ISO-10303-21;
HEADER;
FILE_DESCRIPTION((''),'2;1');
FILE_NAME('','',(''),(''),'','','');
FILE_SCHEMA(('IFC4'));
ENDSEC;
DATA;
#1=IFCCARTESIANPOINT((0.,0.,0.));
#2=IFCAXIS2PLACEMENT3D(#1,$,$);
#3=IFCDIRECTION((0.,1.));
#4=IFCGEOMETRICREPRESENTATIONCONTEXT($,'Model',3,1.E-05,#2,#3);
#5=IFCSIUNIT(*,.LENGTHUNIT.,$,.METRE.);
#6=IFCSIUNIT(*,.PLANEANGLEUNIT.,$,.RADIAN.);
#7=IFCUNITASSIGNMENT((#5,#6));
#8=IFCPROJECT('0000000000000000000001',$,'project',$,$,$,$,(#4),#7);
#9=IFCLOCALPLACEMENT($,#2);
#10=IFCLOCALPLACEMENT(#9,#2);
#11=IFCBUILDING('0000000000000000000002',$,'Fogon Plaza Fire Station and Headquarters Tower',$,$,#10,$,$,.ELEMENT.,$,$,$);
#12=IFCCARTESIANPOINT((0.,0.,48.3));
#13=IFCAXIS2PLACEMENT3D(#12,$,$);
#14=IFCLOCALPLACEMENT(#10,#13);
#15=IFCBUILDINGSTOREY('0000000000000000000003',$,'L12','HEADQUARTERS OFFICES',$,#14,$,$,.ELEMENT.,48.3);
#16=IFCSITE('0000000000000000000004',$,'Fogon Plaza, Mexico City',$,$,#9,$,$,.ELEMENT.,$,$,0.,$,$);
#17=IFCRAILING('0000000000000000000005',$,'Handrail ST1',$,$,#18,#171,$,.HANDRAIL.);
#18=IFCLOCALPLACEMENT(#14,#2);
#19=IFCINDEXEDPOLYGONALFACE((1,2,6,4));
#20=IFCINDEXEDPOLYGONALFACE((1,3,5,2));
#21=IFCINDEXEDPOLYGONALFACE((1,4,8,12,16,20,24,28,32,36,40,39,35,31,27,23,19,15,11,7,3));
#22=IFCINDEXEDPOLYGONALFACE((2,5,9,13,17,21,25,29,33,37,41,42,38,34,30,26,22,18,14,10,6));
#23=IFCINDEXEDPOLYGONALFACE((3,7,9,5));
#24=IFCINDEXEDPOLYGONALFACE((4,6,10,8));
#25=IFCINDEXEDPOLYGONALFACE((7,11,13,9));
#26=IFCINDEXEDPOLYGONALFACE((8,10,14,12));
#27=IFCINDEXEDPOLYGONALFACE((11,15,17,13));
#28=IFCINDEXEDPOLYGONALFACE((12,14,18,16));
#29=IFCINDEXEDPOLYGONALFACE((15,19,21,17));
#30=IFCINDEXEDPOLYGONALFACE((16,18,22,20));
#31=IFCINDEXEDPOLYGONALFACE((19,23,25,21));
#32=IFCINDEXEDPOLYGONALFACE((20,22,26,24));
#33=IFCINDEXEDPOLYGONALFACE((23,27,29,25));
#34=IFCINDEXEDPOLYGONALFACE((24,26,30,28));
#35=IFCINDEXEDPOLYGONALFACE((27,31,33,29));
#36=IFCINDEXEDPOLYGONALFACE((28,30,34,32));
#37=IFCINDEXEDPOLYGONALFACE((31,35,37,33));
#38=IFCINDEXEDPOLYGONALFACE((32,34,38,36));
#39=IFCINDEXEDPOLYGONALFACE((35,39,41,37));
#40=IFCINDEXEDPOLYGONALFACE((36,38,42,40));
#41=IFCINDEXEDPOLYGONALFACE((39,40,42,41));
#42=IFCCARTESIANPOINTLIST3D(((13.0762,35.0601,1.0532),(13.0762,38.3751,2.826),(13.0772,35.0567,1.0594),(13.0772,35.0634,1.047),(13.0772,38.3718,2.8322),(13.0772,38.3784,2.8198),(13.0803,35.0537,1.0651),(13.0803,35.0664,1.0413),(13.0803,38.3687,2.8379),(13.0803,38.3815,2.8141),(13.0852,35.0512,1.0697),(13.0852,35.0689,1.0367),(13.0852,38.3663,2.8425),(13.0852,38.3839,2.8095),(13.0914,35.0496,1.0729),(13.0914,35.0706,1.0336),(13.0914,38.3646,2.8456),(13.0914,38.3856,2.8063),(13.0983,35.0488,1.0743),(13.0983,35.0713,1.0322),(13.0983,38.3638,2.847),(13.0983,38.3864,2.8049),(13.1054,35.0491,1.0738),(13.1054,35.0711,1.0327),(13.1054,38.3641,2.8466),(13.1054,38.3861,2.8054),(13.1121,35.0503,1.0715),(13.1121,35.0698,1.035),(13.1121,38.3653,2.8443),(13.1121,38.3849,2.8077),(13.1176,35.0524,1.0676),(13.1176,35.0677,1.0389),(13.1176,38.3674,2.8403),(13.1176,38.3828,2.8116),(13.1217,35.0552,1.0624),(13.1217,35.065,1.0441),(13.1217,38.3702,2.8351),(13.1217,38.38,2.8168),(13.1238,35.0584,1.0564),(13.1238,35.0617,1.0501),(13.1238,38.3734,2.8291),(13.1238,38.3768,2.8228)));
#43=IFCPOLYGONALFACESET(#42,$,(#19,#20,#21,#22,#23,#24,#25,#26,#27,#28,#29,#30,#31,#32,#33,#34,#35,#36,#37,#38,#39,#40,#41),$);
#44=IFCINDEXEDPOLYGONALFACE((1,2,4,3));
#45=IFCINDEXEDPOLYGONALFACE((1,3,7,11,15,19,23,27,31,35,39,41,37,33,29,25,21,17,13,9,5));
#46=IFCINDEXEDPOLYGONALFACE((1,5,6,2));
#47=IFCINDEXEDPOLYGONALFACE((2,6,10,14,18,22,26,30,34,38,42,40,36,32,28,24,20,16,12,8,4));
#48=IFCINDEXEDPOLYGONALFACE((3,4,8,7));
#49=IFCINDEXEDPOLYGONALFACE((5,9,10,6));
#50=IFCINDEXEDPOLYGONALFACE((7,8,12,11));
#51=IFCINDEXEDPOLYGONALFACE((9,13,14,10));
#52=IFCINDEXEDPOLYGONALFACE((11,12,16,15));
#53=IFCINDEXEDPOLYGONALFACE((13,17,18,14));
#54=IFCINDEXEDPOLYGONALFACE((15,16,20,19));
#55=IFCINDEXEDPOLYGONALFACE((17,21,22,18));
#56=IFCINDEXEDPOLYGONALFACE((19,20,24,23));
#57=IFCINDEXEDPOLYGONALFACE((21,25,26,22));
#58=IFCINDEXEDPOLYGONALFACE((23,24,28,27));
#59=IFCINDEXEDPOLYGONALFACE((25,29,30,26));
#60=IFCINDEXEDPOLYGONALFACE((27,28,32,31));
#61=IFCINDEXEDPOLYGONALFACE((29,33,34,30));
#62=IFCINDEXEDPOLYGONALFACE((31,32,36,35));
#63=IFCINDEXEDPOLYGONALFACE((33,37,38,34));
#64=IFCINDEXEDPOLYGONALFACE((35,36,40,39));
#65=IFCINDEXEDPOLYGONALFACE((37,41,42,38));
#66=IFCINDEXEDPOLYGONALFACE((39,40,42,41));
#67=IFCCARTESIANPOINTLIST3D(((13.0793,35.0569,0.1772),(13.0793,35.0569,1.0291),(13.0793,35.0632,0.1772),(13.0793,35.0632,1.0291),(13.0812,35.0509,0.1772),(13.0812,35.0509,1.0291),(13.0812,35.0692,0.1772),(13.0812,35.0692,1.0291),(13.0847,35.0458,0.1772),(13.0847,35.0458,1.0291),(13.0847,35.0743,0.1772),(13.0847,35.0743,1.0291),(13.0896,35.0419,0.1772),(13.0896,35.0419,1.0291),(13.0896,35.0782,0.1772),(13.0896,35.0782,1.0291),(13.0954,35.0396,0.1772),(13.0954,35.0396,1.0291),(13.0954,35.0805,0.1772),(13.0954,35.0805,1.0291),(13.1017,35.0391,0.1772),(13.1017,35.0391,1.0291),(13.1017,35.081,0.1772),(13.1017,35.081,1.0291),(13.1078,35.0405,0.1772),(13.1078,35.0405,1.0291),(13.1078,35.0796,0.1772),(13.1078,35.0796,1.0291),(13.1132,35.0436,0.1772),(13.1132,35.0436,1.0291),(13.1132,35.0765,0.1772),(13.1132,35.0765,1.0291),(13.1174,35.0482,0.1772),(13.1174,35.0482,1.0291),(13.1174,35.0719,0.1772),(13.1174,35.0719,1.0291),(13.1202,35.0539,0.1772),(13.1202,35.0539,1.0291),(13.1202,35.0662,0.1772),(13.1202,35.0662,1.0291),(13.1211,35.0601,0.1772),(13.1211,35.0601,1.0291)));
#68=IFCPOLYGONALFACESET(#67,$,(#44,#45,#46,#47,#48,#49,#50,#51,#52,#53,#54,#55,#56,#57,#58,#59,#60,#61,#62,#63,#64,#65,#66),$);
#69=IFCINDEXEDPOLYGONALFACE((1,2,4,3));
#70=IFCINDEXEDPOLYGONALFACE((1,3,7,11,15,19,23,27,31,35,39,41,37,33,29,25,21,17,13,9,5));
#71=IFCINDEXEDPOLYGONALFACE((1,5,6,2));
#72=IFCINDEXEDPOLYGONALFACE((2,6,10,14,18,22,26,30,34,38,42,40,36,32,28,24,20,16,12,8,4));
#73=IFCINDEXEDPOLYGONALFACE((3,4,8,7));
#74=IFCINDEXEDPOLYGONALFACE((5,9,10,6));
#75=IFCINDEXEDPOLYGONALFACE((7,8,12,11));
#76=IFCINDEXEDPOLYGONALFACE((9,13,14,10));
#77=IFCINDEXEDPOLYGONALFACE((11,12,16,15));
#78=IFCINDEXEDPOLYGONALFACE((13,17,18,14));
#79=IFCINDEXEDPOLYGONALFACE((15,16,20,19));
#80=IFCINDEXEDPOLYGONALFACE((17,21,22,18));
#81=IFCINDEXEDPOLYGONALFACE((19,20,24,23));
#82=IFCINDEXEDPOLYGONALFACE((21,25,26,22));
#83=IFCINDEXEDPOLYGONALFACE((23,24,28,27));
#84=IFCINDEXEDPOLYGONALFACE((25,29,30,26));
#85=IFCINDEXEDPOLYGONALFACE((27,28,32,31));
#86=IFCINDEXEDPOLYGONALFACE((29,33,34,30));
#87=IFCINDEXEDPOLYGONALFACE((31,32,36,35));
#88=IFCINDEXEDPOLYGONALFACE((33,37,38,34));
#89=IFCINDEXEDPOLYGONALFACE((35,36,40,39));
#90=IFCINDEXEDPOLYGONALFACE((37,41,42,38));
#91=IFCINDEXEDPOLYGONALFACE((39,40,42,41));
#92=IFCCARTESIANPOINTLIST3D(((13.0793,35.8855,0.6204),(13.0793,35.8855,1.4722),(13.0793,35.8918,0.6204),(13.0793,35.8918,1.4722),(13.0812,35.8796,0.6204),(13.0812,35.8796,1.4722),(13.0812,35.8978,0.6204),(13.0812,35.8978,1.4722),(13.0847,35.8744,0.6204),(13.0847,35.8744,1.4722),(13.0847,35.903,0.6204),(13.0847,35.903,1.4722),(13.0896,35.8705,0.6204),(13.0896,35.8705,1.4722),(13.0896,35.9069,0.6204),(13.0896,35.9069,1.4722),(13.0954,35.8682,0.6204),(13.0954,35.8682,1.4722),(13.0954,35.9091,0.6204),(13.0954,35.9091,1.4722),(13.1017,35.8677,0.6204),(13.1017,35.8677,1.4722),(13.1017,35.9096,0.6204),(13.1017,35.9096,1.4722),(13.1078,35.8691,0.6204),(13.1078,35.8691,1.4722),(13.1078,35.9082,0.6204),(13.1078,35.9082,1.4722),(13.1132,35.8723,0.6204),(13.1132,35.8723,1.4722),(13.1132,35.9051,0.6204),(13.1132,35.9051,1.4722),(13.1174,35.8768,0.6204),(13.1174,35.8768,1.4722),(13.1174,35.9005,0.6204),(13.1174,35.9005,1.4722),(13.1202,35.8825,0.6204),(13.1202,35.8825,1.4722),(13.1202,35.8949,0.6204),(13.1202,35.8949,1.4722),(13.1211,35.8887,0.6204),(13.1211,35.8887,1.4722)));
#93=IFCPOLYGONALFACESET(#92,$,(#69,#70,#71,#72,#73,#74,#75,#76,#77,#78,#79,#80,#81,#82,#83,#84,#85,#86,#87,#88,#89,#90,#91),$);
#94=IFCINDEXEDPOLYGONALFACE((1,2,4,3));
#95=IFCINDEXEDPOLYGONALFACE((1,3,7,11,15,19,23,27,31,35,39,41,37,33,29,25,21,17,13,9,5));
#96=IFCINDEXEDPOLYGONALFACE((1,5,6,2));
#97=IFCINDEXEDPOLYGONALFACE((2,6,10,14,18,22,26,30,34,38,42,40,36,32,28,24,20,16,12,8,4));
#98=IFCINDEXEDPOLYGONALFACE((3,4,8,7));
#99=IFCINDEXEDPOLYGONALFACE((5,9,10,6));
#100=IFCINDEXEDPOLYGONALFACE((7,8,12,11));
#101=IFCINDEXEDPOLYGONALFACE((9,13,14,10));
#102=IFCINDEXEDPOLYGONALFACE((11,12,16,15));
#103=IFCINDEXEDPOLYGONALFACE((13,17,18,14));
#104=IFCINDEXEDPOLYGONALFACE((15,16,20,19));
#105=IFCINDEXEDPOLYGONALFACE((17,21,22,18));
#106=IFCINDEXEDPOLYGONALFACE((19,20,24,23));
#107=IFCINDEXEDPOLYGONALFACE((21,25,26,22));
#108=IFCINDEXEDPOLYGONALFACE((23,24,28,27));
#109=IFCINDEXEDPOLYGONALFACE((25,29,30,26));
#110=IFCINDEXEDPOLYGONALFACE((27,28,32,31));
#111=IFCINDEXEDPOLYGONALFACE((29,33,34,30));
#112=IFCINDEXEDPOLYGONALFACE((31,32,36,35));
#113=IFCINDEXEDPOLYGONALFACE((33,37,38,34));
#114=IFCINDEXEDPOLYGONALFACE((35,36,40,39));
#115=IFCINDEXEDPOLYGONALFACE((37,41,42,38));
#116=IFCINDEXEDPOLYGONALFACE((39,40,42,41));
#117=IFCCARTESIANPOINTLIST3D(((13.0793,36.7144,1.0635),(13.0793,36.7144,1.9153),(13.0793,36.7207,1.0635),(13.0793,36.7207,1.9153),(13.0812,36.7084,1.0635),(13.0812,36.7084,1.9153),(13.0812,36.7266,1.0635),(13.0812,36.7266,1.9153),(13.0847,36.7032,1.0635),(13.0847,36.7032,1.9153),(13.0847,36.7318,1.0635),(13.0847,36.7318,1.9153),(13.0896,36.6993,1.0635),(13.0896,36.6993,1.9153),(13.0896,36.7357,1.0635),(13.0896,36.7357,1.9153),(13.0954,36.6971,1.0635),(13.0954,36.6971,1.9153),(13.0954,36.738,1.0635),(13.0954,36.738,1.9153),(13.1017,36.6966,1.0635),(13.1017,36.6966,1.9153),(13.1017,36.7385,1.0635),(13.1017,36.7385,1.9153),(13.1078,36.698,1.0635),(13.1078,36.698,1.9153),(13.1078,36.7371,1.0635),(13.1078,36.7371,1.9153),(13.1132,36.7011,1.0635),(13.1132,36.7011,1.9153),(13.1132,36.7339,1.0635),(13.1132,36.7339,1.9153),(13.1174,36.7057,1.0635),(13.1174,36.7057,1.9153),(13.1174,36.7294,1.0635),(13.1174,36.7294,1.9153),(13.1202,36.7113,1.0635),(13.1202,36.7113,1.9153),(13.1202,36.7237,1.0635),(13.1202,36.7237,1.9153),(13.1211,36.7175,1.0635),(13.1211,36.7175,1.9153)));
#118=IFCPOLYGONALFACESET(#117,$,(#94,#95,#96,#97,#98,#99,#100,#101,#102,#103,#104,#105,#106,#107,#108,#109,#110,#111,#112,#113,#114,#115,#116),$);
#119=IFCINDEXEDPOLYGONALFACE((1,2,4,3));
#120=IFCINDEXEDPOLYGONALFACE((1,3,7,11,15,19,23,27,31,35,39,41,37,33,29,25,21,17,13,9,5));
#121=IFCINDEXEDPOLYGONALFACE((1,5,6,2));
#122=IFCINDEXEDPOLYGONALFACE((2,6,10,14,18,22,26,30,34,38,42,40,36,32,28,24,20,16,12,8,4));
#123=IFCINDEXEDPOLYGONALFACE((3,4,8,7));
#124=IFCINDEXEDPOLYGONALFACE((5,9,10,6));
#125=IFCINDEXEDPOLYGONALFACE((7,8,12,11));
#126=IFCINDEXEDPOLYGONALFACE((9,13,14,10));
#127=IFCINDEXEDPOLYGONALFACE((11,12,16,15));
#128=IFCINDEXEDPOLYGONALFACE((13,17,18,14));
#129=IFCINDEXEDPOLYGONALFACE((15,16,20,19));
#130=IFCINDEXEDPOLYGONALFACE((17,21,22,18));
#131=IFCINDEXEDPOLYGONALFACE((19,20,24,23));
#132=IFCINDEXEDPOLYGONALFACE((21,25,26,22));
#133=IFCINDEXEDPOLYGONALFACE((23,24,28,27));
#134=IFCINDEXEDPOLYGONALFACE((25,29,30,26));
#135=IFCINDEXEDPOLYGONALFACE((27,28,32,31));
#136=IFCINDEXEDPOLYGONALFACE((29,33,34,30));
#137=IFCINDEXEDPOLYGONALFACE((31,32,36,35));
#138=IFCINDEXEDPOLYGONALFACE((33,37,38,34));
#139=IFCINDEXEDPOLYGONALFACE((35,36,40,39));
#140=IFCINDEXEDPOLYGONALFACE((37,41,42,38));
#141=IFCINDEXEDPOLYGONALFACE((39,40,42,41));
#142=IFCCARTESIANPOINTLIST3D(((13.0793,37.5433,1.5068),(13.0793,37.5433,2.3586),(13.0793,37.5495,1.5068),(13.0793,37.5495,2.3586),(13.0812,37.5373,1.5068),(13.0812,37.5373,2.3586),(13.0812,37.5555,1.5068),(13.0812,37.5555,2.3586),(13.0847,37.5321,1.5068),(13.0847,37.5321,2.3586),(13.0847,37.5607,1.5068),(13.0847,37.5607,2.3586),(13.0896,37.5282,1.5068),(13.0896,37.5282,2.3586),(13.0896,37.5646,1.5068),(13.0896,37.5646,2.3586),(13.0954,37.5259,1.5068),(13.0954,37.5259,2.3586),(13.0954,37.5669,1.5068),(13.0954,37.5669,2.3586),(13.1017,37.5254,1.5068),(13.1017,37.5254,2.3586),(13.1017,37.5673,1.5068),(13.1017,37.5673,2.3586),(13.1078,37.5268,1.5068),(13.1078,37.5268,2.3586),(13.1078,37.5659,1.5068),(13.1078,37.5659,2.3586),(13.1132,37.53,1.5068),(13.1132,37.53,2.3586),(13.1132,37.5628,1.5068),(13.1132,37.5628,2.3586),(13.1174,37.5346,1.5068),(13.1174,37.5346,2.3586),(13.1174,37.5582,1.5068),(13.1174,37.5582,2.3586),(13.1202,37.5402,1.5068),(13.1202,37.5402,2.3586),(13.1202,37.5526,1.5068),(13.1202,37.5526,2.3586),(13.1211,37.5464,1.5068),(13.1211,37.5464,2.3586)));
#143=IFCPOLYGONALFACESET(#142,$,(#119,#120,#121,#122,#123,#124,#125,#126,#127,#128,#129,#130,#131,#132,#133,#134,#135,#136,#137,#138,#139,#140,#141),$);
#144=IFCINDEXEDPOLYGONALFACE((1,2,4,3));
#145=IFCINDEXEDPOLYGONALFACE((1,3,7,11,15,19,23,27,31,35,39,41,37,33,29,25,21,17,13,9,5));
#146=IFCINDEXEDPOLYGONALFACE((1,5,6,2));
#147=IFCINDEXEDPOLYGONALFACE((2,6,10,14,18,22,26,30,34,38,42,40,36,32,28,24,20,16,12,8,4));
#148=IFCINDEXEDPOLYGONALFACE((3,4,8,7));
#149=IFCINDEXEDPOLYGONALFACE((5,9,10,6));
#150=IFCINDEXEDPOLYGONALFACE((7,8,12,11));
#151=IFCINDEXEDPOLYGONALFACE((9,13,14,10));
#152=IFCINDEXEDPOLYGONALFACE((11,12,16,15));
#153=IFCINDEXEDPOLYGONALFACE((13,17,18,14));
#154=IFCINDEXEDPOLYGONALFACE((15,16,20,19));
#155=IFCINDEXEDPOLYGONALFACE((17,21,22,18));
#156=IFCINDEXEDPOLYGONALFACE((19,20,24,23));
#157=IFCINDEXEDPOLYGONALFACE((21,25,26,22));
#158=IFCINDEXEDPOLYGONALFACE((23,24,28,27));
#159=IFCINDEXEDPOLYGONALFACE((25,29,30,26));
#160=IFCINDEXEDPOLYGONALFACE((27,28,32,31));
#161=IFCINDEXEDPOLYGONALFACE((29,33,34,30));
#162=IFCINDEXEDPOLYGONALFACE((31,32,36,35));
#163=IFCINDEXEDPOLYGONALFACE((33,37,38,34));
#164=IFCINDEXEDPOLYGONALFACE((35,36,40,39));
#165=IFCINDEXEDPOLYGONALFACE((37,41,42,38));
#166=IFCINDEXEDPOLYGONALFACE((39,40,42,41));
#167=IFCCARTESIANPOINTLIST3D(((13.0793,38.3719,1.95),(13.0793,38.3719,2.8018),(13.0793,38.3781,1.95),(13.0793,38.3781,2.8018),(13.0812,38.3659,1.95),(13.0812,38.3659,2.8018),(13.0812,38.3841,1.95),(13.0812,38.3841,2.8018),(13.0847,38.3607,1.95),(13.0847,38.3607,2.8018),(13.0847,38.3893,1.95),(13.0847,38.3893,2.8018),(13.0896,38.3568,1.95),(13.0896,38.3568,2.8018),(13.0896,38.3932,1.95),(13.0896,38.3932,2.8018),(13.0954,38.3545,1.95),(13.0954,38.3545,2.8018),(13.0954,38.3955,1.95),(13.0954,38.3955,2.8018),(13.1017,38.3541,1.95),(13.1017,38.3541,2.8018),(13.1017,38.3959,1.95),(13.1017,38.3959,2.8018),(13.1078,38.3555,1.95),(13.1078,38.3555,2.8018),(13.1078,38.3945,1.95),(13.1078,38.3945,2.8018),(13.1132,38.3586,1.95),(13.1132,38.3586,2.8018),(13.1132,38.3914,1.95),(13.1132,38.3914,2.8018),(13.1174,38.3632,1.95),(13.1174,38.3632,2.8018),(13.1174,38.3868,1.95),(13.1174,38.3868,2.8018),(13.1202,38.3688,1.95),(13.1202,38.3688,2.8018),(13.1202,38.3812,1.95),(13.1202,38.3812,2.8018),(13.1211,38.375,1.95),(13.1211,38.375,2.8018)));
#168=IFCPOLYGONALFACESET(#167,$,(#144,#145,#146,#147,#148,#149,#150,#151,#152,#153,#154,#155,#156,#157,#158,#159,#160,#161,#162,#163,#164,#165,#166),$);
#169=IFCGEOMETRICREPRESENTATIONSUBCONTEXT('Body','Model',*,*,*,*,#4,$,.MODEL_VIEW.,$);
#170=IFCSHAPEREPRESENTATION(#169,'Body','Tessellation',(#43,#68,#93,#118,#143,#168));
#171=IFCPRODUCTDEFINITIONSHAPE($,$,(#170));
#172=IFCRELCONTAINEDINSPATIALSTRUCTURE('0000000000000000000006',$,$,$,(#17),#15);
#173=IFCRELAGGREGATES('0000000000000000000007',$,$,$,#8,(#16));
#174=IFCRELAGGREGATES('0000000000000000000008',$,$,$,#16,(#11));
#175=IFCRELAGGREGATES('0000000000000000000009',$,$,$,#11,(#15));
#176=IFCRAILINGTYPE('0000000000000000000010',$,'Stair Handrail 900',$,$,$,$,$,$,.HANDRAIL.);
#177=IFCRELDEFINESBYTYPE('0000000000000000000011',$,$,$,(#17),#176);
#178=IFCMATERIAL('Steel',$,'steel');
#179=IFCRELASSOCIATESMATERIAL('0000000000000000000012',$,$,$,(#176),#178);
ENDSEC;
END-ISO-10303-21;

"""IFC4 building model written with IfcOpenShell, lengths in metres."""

from ifc_helpers import new_model, si_unit, direction, frame, origin, origin_2d, place, context, subcontext, project, spatial, circle, extrude, material, type_object, element, save


model = new_model("IFC4")

# Units and contexts
model_context = context("Model", 3, precision=1e-05, world=origin(), true_north=direction((0.0, 1.0)))
body_context = subcontext(model_context, "Body", "Model", "MODEL_VIEW")
ifc_project = project(units=[si_unit("LENGTHUNIT", "METRE"), si_unit("PLANEANGLEUNIT", "RADIAN")], contexts=[model_context])

# Site, building, storey
site_placement = place(None, origin())
site = spatial("IfcSite", under=ifc_project, at=site_placement, Name="Fogon Plaza, Mexico City", CompositionType="ELEMENT", RefElevation=0.0)
building_placement = place(site_placement, origin())
building = spatial("IfcBuilding", under=site, at=building_placement, Name="Fogon Plaza Fire Station and Headquarters Tower", CompositionType="ELEMENT")
storey_placement = place(building_placement, frame((0.0, 0.0, 48.3)))
storey = spatial("IfcBuildingStorey", under=building, at=storey_placement, Name="L12", Description="HEADQUARTERS OFFICES", CompositionType="ELEMENT", Elevation=48.3)

# Railing
ifc_material_1 = material(Name="Steel", Category="steel")
railing_type = type_object("IfcRailingType", Name="Stair Handrail 900", PredefinedType="HANDRAIL", material=ifc_material_1)
for number, where, name in (
    (1, (13.1001, 35.0601, 0.1772), "Handrail ST1"),
):
    element("IfcRailing", number, at=place(storey_placement, frame(where)), inside=storey, type_object=railing_type, Name=name, PredefinedType="HANDRAIL", context=body_context, shape_type="SweptSolid", body=[
        extrude(circle(Radius=0.0239, at=origin_2d()), frame((0.0, 0.0, 0.876), z_axis=(0.0, 0.881829, 0.471569), x_axis=(-1.0, 0.0, 0.0)), (0.0, 0.0, 1.0), 3.7593),
        extrude(circle(Radius=0.021, at=origin_2d()), origin(), (0.0, 0.0, 1.0), 0.8518),
        extrude(circle(Radius=0.021, at=origin_2d()), frame((0.0, 0.8286, 0.4431)), (0.0, 0.0, 1.0), 0.8518),
        extrude(circle(Radius=0.021, at=origin_2d()), frame((0.0, 1.6575, 0.8862)), (0.0, 0.0, 1.0), 0.8518),
        extrude(circle(Radius=0.021, at=origin_2d()), frame((0.0, 2.4863, 1.3296)), (0.0, 0.0, 1.0), 0.8518),
        extrude(circle(Radius=0.021, at=origin_2d()), frame((0.0, 3.3149, 1.7727)), (0.0, 0.0, 1.0), 0.8518),
    ])

save(model, "model.ifc")
